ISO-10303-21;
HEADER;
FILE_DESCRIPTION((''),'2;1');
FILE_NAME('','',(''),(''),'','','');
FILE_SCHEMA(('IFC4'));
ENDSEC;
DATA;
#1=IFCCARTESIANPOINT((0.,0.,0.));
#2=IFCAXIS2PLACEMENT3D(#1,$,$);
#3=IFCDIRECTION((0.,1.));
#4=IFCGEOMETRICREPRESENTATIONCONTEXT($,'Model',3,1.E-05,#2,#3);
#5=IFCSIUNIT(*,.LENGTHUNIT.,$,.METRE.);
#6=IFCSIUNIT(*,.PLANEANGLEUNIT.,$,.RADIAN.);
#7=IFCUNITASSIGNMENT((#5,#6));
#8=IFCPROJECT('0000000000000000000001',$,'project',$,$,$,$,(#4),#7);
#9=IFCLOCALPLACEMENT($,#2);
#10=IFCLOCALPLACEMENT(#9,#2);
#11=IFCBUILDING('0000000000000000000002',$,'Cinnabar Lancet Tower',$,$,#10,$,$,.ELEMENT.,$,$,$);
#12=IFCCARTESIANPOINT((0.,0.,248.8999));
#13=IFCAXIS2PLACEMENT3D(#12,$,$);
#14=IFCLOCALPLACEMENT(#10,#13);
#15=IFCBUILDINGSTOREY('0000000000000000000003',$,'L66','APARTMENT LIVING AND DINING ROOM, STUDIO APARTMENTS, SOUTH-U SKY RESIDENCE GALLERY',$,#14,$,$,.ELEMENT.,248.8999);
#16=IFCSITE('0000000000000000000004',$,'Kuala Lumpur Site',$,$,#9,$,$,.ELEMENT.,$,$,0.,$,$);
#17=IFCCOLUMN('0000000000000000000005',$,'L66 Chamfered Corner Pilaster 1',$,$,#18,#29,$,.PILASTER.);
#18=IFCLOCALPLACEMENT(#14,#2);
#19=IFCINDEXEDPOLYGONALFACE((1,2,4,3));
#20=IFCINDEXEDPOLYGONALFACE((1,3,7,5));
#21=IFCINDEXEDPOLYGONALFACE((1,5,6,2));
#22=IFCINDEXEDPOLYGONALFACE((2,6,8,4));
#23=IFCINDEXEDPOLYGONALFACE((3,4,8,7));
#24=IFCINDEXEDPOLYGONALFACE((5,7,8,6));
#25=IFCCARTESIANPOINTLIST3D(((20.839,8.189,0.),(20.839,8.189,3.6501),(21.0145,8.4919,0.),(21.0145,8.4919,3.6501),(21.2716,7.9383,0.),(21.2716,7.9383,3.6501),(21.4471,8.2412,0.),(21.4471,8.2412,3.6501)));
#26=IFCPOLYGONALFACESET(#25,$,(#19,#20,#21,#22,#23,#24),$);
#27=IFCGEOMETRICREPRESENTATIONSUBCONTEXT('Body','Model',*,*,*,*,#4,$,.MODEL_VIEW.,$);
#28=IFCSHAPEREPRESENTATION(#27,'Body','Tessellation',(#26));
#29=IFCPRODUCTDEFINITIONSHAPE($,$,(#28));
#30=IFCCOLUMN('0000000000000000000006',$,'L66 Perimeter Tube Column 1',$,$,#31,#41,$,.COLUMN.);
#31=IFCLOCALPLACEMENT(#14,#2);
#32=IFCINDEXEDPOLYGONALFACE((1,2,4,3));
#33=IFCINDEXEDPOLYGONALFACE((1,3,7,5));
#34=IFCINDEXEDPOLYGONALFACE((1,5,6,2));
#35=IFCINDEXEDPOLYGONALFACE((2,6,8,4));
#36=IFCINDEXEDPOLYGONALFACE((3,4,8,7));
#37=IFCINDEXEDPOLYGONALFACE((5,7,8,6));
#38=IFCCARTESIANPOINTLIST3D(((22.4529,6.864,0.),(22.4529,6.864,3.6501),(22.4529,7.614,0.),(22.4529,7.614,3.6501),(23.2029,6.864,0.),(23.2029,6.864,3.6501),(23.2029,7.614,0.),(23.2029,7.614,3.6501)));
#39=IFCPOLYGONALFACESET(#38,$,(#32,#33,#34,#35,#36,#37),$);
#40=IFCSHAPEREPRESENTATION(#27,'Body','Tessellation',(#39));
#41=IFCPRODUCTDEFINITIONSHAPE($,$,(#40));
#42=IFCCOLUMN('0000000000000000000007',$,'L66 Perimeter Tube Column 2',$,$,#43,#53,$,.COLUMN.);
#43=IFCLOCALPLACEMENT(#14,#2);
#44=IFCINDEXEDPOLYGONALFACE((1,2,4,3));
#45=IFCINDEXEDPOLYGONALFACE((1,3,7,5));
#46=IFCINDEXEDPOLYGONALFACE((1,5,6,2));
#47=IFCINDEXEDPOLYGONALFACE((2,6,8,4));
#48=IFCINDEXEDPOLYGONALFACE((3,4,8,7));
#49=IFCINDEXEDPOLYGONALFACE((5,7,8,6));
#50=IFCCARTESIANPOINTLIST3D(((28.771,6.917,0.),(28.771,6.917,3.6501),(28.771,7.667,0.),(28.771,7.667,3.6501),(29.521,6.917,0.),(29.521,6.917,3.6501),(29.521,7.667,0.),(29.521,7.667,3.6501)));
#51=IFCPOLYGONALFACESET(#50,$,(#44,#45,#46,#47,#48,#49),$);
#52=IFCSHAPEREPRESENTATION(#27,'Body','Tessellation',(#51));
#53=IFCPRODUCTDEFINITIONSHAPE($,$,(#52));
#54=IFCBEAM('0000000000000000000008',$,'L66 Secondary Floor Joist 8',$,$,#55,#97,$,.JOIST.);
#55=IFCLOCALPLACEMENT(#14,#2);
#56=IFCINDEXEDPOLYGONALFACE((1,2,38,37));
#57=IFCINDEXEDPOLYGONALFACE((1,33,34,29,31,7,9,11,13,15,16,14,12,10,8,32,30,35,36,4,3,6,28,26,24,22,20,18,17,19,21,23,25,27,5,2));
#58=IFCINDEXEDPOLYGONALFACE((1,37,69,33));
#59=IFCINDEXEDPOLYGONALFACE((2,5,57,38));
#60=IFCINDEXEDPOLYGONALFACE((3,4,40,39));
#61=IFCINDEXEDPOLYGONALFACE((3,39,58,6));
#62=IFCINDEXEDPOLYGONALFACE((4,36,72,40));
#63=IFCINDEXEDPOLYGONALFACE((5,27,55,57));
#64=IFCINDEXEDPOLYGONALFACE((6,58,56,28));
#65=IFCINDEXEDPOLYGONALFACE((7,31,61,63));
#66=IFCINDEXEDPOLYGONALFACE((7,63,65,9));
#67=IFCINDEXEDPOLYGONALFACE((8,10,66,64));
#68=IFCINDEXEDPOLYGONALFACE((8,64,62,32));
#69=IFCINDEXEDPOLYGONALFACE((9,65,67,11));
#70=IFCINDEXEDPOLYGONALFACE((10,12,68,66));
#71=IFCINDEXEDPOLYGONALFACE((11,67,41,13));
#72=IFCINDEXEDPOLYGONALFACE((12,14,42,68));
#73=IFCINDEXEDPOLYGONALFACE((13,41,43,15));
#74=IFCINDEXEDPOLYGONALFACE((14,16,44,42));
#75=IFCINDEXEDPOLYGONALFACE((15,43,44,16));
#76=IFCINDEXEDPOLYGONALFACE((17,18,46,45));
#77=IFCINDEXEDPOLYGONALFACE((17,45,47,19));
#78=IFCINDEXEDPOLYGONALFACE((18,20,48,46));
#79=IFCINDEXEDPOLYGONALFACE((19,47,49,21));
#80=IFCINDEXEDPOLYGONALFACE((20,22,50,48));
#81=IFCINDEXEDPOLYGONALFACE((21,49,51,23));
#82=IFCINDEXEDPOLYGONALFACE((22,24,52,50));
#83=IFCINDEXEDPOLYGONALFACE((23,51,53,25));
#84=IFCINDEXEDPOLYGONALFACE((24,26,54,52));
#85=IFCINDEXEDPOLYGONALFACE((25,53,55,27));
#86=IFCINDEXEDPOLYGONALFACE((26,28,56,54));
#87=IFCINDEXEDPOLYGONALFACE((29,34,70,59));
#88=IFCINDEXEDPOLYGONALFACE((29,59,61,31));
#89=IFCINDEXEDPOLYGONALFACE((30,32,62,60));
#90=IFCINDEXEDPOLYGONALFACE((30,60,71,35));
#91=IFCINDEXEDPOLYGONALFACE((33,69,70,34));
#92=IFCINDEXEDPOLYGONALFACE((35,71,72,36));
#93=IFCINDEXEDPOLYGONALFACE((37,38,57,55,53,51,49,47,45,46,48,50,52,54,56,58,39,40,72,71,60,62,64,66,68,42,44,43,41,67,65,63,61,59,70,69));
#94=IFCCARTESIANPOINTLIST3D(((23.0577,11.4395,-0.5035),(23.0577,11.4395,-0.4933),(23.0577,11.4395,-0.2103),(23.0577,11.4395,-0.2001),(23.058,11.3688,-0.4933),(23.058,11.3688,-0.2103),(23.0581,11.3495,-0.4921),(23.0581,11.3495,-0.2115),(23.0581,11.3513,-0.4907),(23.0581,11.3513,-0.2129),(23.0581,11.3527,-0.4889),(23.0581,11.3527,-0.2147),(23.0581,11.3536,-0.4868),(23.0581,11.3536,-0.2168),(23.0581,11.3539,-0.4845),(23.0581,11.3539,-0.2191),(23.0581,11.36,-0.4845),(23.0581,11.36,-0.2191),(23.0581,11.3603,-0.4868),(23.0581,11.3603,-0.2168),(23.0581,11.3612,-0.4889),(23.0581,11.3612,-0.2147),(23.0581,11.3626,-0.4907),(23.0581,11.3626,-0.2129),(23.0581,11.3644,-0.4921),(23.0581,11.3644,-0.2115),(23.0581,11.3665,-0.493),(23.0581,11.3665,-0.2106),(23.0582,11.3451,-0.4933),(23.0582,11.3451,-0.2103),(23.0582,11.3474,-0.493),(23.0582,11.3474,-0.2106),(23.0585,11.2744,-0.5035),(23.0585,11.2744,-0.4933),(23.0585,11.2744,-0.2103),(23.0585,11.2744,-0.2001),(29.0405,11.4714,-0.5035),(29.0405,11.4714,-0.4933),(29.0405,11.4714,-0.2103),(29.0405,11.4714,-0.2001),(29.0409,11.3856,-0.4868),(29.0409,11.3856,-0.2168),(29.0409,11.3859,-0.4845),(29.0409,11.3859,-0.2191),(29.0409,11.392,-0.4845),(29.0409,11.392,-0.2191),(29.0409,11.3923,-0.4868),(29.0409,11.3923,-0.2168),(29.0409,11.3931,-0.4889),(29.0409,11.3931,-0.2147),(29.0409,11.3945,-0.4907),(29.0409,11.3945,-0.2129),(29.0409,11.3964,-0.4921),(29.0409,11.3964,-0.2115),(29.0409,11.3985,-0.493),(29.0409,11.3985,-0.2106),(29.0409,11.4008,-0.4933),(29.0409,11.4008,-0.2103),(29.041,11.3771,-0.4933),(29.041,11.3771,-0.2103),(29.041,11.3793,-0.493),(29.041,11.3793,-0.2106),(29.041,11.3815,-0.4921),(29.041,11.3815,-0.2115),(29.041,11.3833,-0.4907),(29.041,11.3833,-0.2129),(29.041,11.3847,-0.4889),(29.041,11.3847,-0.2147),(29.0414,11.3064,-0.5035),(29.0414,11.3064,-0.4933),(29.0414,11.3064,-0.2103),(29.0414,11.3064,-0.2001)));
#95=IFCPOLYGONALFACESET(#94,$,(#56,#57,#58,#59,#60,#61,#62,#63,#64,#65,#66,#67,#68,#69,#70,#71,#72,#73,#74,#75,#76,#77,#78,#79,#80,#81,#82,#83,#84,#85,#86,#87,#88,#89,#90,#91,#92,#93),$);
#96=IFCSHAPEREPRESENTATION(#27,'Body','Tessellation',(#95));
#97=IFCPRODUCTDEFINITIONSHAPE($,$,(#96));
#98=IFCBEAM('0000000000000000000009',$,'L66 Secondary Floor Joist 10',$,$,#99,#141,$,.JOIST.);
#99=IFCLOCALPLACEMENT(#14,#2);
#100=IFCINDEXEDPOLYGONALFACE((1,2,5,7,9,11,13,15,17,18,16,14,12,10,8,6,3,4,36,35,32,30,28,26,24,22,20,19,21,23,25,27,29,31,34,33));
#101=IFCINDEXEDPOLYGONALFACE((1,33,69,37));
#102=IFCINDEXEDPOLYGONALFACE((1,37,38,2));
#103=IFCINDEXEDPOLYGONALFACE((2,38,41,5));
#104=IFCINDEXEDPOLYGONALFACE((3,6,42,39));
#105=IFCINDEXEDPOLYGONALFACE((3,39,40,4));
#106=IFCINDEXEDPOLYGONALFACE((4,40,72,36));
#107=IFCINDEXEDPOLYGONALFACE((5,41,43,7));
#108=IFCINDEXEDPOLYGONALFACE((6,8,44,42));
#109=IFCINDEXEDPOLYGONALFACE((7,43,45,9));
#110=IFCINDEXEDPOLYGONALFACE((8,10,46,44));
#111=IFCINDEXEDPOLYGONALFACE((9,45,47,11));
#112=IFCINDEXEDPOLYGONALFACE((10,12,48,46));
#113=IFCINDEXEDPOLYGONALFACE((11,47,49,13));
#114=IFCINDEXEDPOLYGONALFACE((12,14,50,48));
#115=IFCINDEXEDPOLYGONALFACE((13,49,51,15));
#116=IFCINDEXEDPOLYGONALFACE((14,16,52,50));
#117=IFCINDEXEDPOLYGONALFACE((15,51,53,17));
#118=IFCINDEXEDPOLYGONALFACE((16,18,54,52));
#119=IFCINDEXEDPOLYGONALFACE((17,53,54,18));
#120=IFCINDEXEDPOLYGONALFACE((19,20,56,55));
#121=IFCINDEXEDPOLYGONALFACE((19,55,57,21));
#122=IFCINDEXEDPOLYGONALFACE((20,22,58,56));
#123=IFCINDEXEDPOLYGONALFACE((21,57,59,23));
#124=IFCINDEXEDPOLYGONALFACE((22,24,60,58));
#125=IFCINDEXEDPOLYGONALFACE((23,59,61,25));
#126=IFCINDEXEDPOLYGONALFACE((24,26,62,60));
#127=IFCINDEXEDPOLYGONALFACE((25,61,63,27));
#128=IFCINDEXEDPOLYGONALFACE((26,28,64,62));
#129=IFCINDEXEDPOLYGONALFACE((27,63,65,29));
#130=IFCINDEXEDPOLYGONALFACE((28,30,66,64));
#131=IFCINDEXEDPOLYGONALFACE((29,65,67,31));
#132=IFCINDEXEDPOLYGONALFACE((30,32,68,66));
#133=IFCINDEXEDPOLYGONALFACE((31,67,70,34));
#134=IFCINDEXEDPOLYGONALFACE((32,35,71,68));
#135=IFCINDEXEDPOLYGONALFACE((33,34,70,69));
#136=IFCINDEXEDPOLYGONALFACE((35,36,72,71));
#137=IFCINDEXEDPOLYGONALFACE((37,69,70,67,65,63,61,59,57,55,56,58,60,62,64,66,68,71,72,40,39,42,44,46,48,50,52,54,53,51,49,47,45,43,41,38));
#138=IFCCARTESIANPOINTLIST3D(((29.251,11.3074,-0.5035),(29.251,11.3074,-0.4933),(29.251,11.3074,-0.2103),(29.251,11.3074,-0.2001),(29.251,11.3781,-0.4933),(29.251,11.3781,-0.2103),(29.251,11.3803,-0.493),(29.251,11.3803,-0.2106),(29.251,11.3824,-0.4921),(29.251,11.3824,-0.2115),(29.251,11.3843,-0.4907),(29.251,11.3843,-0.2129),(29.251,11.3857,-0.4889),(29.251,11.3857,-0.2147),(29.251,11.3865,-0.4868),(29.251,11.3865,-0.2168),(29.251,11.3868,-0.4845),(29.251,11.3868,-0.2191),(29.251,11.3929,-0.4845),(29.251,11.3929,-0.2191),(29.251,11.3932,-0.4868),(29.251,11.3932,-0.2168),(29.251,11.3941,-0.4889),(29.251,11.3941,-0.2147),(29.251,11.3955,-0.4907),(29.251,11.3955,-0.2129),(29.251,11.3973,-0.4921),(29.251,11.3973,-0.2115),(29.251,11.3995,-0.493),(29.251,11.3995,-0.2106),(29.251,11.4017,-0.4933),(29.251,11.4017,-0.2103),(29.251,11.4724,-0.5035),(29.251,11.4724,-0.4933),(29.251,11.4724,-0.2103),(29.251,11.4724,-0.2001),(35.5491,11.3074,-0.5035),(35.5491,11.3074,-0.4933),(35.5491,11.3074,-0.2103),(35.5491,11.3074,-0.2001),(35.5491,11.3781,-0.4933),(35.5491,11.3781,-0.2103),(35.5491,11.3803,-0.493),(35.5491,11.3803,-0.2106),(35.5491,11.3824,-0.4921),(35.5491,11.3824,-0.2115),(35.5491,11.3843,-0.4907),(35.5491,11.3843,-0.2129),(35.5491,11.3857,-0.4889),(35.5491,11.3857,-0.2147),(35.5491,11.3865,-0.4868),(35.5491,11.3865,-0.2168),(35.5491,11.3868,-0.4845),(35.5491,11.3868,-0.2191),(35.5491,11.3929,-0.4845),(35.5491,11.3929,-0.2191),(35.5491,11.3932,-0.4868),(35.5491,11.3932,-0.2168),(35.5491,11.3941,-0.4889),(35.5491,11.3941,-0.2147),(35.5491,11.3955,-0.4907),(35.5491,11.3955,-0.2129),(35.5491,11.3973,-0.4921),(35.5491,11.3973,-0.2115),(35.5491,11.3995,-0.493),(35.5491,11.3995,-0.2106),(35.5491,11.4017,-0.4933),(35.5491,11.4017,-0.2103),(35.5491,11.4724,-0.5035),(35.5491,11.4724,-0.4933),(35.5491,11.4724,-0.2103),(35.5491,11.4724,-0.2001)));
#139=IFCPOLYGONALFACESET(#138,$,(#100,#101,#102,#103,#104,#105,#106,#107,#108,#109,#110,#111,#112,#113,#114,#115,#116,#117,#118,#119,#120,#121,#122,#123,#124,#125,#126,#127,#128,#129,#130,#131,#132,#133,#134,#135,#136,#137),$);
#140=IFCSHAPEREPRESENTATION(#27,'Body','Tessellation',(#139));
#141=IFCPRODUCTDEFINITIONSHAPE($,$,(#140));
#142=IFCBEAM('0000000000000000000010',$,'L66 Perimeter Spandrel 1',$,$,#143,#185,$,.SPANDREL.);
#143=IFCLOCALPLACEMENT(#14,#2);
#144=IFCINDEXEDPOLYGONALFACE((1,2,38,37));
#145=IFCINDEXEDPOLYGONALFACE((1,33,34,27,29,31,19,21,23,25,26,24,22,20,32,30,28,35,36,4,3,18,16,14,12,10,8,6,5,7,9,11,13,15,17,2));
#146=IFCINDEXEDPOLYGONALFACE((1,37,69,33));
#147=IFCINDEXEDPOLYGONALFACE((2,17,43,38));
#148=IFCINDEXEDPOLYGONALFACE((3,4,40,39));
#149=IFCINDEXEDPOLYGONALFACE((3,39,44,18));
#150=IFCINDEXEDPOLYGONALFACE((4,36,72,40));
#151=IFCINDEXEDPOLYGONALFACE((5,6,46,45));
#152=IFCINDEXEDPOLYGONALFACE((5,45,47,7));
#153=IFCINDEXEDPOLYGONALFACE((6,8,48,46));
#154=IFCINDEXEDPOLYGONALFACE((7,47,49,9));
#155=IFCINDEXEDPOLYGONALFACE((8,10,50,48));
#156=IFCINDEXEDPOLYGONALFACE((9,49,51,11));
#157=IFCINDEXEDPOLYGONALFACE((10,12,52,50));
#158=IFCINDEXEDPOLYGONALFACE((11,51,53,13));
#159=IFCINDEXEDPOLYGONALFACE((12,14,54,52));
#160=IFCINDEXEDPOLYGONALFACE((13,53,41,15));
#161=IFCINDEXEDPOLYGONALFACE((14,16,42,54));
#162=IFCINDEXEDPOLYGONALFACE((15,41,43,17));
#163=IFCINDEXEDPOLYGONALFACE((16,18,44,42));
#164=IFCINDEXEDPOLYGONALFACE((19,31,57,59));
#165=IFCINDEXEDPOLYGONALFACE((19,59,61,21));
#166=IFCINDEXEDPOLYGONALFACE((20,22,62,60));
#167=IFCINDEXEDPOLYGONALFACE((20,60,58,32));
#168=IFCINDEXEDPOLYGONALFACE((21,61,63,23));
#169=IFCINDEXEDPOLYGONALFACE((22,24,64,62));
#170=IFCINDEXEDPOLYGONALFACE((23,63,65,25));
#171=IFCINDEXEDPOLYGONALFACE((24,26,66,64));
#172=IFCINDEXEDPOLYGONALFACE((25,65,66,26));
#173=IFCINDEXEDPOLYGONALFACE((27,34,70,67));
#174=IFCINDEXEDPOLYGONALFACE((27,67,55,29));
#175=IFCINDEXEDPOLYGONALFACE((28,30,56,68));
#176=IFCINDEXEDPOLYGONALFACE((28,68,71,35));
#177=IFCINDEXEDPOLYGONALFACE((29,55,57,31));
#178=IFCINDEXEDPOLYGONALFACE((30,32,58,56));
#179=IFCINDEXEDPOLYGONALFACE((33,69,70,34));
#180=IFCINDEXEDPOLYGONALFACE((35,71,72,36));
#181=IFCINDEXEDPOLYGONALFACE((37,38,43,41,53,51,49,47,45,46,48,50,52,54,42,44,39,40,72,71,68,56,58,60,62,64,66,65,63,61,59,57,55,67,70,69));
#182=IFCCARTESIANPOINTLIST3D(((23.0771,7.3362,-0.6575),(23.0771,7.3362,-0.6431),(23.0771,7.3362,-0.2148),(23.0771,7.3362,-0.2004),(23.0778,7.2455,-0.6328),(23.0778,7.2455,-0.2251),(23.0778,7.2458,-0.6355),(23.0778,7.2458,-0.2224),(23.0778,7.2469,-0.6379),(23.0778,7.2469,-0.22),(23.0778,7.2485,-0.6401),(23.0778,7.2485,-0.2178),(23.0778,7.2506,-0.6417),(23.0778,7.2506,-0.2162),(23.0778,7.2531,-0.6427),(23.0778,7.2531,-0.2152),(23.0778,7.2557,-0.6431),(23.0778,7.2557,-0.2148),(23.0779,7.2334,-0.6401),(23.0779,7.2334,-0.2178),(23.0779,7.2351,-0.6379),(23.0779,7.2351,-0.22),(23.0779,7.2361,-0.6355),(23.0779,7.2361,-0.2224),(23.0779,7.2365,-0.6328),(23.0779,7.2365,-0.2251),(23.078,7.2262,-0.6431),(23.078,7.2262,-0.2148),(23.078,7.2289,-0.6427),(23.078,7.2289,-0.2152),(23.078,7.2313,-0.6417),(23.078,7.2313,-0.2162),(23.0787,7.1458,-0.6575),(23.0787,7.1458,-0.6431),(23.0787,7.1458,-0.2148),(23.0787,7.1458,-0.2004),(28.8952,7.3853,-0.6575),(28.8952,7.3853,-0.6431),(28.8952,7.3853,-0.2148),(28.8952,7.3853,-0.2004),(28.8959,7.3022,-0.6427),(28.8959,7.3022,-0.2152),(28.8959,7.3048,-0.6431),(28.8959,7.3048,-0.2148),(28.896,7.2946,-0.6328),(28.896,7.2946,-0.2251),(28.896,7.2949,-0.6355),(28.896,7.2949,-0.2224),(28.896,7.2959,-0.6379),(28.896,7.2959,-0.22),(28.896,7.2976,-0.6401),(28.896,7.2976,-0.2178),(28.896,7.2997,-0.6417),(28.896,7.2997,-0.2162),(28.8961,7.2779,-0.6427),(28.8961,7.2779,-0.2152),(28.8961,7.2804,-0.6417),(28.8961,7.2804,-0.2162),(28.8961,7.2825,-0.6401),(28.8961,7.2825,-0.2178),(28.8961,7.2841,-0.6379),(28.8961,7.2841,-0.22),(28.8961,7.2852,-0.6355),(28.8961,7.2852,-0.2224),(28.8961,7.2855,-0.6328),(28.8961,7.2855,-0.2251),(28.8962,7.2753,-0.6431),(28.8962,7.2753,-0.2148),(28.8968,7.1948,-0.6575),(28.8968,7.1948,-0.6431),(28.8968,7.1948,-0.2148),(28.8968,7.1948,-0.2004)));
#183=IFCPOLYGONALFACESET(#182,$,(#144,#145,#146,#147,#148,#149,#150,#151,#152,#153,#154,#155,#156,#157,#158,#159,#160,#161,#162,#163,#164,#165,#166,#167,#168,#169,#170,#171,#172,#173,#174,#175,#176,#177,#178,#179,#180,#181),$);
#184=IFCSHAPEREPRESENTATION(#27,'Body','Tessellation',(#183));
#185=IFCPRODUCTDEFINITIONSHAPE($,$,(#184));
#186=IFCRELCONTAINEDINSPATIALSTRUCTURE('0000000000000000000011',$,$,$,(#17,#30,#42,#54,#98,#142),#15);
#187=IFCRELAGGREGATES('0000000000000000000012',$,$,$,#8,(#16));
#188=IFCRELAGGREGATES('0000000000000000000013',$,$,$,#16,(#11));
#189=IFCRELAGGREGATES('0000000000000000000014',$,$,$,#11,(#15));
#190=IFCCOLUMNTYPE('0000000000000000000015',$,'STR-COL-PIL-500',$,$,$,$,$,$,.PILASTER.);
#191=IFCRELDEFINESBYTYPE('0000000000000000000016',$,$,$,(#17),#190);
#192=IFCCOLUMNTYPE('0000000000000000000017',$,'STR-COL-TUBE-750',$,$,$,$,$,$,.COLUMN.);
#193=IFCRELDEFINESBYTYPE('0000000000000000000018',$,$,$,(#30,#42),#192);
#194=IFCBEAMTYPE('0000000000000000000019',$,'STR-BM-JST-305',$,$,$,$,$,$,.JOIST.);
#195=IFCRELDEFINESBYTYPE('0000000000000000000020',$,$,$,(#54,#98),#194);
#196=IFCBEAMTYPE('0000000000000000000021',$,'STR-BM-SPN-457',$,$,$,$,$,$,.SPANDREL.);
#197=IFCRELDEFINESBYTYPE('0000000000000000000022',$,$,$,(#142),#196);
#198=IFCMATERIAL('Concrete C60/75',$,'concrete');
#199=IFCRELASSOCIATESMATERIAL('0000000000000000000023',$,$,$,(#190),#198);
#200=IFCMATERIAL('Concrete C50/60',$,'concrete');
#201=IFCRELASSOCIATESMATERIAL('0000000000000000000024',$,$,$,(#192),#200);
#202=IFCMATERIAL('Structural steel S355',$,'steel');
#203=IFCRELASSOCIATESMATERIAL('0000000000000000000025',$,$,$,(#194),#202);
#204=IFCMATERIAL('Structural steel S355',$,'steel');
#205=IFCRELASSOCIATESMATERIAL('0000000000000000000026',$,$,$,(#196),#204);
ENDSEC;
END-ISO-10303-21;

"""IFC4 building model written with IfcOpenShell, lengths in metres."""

from ifc_helpers import new_model, si_unit, direction, frame, origin, origin_2d, place, context, subcontext, project, spatial, rectangle, i_section, extrude, material, material_profile, profile_set, type_object, element, save


model = new_model("IFC4")

# Units and contexts
model_context = context("Model", 3, precision=1e-05, world=origin(), true_north=direction((0.0, 1.0)))
body_context = subcontext(model_context, "Body", "Model", "MODEL_VIEW")
ifc_project = project(units=[si_unit("LENGTHUNIT", "METRE"), si_unit("PLANEANGLEUNIT", "RADIAN")], contexts=[model_context])

# Site, building, storey
site_placement = place(None, origin())
site = spatial("IfcSite", under=ifc_project, at=site_placement, Name="Kuala Lumpur Site", CompositionType="ELEMENT", RefElevation=0.0)
building_placement = place(site_placement, origin())
building = spatial("IfcBuilding", under=site, at=building_placement, Name="Cinnabar Lancet Tower", CompositionType="ELEMENT")
storey_placement = place(building_placement, frame((0.0, 0.0, 248.8999)))
storey = spatial("IfcBuildingStorey", under=building, at=storey_placement, Name="L66", Description="APARTMENT LIVING AND DINING ROOM, STUDIO APARTMENTS, SOUTH-U SKY RESIDENCE GALLERY", CompositionType="ELEMENT", Elevation=248.8999)

# Columns
ifc_material_1 = material(Name="Concrete C60/75", Category="concrete")
ifc_material_profile_1 = material_profile(ifc_material_1, rectangle(XDim=0.5, YDim=0.3501, at=origin_2d()), Name="RC-PIL 500x350")
ifc_profile_set_1 = profile_set([ifc_material_profile_1], Name="Concrete C60/75")
column_type_1 = type_object("IfcColumnType", Name="STR-COL-PIL-500", PredefinedType="PILASTER", material=ifc_profile_set_1)
column_placement = place(storey_placement, frame((21.1431, 8.2151, 0.0), z_axis=(0.0, 0.0, 1.0), x_axis=(0.865256, -0.50133, 0.0)))
element("IfcColumn", 1, at=column_placement, inside=storey, type_object=column_type_1, Name="L66 Chamfered Corner Pilaster 1", PredefinedType="PILASTER", context=body_context, shape_type="SweptSolid", body=[
    extrude(rectangle(XDim=0.5, YDim=0.3501, at=origin_2d()), origin(), (0.0, 0.0, 1.0), 3.6501),
])
ifc_material_2 = material(Name="Concrete C50/60", Category="concrete")
ifc_material_profile_2 = material_profile(ifc_material_2, rectangle(XDim=0.75, YDim=0.75, at=origin_2d()), Name="RC-COL 750x750")
ifc_profile_set_2 = profile_set([ifc_material_profile_2], Name="Concrete C50/60")
column_type_2 = type_object("IfcColumnType", Name="STR-COL-TUBE-750", PredefinedType="COLUMN", material=ifc_profile_set_2)
for number, where, z_axis, x_axis, name in (
    (2, (22.8279, 7.239, 0.0), (0.0, 0.0, 1.0), (1.0, 0.0, 0.0), "L66 Perimeter Tube Column 1"),
    (3, (29.146, 7.292, 0.0), (0.0, 0.0, 1.0), (1.0, 0.0, 0.0), "L66 Perimeter Tube Column 2"),
):
    element("IfcColumn", number, at=place(storey_placement, frame(where, z_axis=z_axis, x_axis=x_axis)), inside=storey, type_object=column_type_2, Name=name, PredefinedType="COLUMN", context=body_context, shape_type="SweptSolid", body=[
        extrude(rectangle(XDim=0.75, YDim=0.75, at=origin_2d()), origin(), (0.0, 0.0, 1.0), 3.6501),
    ])

# Beams
ifc_material_3 = material(Name="Structural steel S355", Category="steel")
ifc_material_profile_3 = material_profile(ifc_material_3, i_section(OverallWidth=0.165, OverallDepth=0.3035, WebThickness=0.0061, FlangeThickness=0.0103, FilletRadius=0.0088, at=origin_2d()), Name="UKB 305x165x40")
ifc_profile_set_3 = profile_set([ifc_material_profile_3], Name="Structural steel S355")
beam_type_1 = type_object("IfcBeamType", Name="STR-BM-JST-305", PredefinedType="JOIST", material=ifc_profile_set_3)
beam_1_placement = place(storey_placement, frame((23.0581, 11.3569, -0.3518), z_axis=(0.999986, 0.005346, 0.0), x_axis=(-0.005346, 0.999986, 0.0)))
element("IfcBeam", 4, at=beam_1_placement, inside=storey, type_object=beam_type_1, Name="L66 Secondary Floor Joist 8", PredefinedType="JOIST", context=body_context, shape_type="SweptSolid", body=[
    extrude(i_section(OverallWidth=0.165, OverallDepth=0.3035, WebThickness=0.0061, FlangeThickness=0.0103, FilletRadius=0.0088, at=origin_2d()), origin(), (0.0, 0.0, 1.0), 5.9829),
])
beam_2_placement = place(storey_placement, frame((29.251, 11.3899, -0.3518), z_axis=(1.0, 0.0, 0.0), x_axis=(0.0, 1.0, 0.0)))
element("IfcBeam", 5, at=beam_2_placement, inside=storey, type_object=beam_type_1, Name="L66 Secondary Floor Joist 10", PredefinedType="JOIST", context=body_context, shape_type="SweptSolid", body=[
    extrude(i_section(OverallWidth=0.165, OverallDepth=0.3035, WebThickness=0.0061, FlangeThickness=0.0103, FilletRadius=0.0088, at=origin_2d()), origin(), (0.0, 0.0, 1.0), 6.2981),
])
ifc_material_4 = material(Name="Structural steel S355", Category="steel")
ifc_material_profile_4 = material_profile(ifc_material_4, i_section(OverallWidth=0.1904, OverallDepth=0.457, WebThickness=0.009, FlangeThickness=0.0144, FilletRadius=0.0103, at=origin_2d()), Name="UKB 457x191x74")
ifc_profile_set_4 = profile_set([ifc_material_profile_4], Name="Structural steel S355")
beam_type_2 = type_object("IfcBeamType", Name="STR-BM-SPN-457", PredefinedType="SPANDREL", material=ifc_profile_set_4)
beam_3_placement = place(storey_placement, frame((23.0779, 7.241, -0.429), z_axis=(0.999964, 0.008434, 0.0), x_axis=(-0.008434, 0.999964, 0.0)))
element("IfcBeam", 6, at=beam_3_placement, inside=storey, type_object=beam_type_2, Name="L66 Perimeter Spandrel 1", PredefinedType="SPANDREL", context=body_context, shape_type="SweptSolid", body=[
    extrude(i_section(OverallWidth=0.1904, OverallDepth=0.457, WebThickness=0.009, FlangeThickness=0.0144, FilletRadius=0.0103, at=origin_2d()), origin(), (0.0, 0.0, 1.0), 5.8184),
])

save(model, "model.ifc")
